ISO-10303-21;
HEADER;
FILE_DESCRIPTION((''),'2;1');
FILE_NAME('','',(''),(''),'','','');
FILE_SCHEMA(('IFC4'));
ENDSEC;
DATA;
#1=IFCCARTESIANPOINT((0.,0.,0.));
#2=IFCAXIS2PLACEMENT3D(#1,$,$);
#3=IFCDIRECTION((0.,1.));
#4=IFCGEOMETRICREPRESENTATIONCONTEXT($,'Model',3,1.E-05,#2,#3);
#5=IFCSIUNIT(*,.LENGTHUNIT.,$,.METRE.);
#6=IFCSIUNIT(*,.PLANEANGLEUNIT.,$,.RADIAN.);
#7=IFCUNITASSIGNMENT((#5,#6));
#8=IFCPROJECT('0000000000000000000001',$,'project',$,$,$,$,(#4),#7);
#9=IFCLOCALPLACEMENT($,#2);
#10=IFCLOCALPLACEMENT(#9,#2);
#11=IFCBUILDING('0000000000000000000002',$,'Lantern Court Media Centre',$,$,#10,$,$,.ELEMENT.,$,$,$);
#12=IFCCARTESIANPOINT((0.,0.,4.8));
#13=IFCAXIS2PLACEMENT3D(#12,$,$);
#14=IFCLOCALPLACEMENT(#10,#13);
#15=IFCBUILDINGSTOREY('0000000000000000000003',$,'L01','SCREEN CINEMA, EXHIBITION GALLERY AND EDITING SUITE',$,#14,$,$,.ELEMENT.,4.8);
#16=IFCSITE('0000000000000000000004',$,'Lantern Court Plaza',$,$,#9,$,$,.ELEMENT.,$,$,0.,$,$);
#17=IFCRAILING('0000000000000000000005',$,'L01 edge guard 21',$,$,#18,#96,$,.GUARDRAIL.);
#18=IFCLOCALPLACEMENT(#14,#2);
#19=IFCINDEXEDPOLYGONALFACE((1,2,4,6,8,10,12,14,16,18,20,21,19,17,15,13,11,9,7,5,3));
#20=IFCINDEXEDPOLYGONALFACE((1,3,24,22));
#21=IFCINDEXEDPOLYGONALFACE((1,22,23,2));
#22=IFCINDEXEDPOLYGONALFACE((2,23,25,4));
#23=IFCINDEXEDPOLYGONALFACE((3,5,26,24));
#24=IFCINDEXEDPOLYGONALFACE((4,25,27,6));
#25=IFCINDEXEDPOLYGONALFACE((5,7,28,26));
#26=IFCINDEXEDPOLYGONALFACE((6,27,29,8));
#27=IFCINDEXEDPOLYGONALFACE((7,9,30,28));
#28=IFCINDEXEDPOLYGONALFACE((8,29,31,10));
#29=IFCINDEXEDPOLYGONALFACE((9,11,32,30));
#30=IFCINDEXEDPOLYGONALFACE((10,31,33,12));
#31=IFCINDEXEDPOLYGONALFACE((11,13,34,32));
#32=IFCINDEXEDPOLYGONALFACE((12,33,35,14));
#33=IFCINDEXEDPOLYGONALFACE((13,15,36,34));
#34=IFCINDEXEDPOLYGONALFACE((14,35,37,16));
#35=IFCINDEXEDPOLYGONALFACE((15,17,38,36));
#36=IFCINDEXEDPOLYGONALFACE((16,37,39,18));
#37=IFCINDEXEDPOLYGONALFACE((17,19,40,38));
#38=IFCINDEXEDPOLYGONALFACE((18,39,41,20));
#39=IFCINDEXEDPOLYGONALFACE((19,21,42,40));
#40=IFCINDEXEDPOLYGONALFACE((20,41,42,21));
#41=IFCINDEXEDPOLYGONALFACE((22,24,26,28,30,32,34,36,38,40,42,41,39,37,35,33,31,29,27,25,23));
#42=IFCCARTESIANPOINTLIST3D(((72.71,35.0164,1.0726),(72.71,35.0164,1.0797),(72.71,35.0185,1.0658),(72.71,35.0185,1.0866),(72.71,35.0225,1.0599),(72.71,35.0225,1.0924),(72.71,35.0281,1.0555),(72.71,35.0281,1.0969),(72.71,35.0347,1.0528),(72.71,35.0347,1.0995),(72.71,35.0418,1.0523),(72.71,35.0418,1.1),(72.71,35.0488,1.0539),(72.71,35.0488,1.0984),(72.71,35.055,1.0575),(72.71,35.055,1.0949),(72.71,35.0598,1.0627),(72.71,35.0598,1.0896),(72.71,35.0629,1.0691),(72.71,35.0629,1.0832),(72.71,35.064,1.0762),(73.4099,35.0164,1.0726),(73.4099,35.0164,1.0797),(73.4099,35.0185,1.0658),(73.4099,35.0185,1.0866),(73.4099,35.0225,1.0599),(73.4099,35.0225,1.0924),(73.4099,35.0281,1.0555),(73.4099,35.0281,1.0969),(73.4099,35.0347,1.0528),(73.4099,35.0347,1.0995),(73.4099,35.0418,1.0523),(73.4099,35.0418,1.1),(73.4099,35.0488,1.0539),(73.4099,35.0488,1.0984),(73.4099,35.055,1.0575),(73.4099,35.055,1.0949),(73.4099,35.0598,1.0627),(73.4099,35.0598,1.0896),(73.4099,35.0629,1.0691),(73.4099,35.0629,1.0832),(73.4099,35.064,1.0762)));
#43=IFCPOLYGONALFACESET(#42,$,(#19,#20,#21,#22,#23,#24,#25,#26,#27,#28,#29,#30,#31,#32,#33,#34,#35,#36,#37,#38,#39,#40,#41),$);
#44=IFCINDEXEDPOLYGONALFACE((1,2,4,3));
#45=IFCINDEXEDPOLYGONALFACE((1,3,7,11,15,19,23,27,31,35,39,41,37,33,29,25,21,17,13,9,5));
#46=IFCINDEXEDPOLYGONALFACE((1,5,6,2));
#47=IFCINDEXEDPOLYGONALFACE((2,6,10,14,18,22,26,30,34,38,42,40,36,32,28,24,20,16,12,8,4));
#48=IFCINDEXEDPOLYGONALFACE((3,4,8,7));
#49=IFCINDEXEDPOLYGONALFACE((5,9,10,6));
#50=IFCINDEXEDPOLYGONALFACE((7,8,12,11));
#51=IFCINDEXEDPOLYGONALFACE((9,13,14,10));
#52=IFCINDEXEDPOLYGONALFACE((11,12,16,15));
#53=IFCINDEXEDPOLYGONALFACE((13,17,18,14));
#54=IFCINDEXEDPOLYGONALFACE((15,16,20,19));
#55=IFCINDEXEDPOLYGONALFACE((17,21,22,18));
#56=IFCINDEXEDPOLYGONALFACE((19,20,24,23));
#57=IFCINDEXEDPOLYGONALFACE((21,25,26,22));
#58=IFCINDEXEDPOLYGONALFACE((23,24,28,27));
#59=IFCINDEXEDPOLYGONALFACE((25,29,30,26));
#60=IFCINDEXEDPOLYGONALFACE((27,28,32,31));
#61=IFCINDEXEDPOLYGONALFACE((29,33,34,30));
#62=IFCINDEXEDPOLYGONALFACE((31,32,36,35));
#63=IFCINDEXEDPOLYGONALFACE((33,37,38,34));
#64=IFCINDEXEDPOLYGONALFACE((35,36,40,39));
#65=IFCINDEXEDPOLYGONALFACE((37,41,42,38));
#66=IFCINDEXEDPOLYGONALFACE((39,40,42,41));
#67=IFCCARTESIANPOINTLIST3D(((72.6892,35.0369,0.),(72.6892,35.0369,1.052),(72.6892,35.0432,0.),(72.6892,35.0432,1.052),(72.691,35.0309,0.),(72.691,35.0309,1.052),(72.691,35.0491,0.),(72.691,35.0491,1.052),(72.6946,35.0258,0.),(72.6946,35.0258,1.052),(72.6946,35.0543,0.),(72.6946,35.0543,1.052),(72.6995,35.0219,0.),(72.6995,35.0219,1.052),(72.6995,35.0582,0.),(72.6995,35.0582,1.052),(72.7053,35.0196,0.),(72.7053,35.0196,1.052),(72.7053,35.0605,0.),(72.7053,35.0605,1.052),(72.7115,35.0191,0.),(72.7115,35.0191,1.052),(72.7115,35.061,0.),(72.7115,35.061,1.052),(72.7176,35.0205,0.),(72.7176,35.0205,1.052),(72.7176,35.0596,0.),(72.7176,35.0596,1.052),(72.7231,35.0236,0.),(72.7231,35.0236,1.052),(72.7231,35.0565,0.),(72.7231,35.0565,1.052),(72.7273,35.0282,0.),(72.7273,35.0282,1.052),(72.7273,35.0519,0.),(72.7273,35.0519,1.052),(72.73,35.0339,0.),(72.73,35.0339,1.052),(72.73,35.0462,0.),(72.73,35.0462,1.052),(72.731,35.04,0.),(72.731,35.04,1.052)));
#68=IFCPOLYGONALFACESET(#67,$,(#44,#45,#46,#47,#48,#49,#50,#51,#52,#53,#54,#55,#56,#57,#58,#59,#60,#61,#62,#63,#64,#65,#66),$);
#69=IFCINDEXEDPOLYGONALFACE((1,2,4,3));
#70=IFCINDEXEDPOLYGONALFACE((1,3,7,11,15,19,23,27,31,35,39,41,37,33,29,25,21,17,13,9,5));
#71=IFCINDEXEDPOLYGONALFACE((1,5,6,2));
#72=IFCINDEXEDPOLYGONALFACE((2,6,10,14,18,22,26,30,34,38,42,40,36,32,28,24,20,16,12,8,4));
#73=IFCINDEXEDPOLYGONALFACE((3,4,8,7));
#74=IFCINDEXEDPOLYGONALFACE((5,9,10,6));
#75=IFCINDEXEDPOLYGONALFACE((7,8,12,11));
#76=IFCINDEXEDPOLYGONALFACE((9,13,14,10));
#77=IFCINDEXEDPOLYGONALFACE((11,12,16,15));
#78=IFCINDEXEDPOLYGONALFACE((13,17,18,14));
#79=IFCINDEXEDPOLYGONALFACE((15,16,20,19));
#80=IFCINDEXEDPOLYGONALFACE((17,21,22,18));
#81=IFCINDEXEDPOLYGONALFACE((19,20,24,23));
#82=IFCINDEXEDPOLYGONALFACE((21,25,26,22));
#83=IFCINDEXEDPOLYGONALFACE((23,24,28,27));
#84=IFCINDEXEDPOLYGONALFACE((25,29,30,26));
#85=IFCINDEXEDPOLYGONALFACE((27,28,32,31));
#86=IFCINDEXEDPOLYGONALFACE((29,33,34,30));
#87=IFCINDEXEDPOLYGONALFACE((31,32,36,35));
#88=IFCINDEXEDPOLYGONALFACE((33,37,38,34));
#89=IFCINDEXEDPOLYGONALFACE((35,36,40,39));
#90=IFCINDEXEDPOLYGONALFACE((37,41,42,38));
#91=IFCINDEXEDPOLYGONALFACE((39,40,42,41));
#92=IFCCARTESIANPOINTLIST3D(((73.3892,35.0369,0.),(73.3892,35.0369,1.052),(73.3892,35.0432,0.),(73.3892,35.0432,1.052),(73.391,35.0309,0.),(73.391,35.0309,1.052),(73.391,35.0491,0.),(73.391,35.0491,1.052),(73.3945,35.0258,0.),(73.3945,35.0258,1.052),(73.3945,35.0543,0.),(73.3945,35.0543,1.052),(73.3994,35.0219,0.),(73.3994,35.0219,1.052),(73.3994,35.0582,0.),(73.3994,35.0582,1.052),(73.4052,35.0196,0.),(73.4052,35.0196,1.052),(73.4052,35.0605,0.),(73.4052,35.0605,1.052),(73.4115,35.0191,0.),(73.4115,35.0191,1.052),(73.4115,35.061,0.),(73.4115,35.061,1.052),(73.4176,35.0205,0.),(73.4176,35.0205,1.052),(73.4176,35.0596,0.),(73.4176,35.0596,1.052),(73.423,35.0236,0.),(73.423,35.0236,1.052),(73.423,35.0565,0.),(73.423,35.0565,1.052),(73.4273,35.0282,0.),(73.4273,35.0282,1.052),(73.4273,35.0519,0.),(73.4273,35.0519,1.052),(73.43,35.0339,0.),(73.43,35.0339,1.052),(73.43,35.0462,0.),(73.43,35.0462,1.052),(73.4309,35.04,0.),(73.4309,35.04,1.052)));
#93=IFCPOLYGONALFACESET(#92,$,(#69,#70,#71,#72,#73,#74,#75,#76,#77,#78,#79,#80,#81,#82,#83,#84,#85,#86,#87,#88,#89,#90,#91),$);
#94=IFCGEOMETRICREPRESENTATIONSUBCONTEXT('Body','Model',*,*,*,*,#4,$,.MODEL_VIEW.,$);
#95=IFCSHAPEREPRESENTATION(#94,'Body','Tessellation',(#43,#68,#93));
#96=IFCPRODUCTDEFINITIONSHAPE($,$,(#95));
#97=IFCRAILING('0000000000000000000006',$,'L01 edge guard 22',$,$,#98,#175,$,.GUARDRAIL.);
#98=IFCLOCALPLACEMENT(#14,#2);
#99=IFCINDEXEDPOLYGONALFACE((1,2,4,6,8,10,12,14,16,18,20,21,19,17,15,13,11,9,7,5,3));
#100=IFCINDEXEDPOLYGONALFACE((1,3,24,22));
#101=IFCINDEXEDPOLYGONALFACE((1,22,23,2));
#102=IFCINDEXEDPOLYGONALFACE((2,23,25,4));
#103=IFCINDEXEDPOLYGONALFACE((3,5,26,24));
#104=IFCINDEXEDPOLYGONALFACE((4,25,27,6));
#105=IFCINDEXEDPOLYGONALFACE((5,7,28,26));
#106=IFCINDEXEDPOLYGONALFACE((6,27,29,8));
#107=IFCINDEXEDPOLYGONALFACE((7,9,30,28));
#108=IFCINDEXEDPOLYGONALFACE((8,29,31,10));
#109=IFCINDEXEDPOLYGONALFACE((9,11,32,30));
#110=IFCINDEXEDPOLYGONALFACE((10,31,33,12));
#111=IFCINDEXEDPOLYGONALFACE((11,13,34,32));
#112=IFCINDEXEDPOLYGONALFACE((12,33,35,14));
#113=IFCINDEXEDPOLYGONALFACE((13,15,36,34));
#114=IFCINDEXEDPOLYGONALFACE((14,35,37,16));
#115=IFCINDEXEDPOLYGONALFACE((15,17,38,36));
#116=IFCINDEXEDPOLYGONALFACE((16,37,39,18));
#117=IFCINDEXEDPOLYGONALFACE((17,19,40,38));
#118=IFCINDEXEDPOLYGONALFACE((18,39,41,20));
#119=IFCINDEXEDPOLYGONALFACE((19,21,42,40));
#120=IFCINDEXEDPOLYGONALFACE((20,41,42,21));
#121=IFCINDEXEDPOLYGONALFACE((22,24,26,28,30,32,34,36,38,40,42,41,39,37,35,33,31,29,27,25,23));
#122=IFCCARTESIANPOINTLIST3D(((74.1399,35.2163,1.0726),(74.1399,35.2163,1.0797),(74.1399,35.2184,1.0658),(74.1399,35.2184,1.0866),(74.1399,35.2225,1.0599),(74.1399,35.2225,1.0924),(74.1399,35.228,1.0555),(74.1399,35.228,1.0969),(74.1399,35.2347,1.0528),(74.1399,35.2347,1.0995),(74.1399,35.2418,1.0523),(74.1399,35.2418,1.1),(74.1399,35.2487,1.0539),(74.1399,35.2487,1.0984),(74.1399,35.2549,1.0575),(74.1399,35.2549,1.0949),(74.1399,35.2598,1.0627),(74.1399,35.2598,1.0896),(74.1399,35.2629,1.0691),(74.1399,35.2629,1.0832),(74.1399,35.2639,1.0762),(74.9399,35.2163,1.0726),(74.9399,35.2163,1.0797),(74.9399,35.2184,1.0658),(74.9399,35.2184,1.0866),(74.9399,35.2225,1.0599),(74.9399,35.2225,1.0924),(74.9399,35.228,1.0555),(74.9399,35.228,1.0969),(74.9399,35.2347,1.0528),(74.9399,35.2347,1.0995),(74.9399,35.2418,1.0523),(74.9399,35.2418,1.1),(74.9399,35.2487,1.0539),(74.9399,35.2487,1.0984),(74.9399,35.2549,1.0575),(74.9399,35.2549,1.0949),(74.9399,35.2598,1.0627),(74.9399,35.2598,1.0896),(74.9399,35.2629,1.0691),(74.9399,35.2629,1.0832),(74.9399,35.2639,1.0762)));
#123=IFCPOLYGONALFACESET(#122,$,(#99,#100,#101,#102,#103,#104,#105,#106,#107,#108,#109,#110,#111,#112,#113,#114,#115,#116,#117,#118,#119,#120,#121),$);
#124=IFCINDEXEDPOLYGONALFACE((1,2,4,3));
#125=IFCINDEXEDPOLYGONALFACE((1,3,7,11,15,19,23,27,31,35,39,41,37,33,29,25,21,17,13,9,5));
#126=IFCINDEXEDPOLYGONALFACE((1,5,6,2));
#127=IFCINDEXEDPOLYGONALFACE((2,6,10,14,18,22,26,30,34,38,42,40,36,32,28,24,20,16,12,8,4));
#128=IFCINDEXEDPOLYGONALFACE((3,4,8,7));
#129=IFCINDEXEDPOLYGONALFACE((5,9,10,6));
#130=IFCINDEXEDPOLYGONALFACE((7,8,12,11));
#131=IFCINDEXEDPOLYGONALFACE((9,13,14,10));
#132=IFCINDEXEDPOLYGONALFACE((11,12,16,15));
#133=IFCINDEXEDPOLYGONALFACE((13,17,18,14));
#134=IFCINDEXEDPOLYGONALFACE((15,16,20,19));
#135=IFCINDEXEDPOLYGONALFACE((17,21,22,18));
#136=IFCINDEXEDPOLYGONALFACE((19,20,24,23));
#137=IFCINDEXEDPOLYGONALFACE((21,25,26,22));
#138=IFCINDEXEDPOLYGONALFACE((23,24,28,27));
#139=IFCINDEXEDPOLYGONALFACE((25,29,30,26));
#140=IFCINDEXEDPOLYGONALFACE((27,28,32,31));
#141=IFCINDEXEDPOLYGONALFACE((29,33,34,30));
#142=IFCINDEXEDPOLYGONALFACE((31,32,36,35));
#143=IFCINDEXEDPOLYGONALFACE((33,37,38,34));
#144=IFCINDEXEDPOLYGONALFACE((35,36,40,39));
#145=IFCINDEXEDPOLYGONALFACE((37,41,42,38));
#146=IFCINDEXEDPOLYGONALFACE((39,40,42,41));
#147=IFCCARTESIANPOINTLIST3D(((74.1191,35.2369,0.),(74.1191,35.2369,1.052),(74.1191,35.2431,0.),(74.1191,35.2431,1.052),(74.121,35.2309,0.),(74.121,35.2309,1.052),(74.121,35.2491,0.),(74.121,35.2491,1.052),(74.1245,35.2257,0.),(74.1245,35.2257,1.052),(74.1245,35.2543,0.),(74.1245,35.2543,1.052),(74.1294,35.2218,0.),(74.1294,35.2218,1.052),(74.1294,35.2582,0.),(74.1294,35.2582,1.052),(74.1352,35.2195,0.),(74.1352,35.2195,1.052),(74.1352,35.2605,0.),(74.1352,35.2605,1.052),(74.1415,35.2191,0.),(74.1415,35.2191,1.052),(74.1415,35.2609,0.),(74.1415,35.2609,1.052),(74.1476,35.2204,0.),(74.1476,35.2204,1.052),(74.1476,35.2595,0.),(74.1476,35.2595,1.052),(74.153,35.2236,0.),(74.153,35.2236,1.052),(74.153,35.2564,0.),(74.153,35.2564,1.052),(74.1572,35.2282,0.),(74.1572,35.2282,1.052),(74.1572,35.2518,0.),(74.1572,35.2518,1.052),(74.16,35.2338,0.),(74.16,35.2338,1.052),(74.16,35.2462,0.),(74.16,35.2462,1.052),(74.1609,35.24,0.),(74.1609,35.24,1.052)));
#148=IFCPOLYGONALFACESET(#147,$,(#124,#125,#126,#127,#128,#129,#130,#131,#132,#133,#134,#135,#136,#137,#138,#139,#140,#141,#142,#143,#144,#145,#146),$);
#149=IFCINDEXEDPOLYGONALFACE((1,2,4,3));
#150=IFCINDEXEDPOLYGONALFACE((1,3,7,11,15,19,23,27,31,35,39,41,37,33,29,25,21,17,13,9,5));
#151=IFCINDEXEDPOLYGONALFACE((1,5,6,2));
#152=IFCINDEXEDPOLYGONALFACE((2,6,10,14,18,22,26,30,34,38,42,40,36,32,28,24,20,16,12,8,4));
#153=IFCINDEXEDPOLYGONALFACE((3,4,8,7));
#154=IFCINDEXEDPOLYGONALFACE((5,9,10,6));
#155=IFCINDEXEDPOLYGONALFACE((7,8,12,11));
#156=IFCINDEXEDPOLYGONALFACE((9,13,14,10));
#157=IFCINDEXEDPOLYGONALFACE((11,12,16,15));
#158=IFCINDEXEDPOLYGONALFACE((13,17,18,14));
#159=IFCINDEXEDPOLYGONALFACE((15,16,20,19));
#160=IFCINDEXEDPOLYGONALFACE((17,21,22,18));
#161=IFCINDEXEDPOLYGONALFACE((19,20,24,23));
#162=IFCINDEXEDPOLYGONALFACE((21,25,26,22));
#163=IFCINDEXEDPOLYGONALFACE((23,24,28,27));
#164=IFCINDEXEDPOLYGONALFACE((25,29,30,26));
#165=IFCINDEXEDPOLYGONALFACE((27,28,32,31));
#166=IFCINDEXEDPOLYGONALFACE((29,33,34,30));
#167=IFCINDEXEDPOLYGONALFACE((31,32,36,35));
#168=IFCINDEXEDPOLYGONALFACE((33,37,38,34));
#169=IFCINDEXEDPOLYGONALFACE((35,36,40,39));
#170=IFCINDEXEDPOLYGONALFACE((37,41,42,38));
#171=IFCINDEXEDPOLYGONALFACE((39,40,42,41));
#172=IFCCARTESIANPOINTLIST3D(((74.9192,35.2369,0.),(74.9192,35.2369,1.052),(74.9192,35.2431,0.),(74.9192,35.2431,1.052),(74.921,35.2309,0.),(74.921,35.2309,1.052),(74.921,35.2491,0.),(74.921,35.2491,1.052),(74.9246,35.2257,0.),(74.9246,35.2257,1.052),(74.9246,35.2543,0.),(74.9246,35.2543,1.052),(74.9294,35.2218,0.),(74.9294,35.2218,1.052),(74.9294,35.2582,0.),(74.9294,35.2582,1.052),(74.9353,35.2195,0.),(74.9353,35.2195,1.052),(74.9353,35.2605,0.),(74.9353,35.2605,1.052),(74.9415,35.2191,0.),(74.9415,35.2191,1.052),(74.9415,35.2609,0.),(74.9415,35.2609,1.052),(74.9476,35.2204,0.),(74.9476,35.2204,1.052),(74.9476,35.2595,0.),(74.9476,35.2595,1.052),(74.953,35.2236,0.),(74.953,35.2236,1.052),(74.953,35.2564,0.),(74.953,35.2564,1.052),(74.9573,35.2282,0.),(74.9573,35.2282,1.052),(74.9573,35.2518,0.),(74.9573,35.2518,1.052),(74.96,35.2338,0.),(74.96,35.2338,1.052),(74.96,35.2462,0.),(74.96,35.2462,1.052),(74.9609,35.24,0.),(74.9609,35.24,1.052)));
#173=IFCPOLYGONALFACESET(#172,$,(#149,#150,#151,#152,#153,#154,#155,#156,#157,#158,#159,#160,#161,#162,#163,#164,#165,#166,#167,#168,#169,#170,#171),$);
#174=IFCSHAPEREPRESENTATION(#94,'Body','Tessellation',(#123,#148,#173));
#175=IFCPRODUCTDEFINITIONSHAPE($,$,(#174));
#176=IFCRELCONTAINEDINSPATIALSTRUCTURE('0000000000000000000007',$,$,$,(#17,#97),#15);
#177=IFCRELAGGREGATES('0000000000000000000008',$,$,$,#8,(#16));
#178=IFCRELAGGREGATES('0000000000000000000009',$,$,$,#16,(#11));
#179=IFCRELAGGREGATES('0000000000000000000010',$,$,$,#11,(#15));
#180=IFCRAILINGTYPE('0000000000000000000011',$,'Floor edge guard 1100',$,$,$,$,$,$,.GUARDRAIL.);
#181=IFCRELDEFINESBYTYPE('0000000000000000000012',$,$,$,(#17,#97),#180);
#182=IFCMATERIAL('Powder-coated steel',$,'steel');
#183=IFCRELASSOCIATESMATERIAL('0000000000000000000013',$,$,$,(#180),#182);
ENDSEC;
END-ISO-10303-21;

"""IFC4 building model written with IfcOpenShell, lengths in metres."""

from ifc_helpers import new_model, si_unit, direction, frame, origin, origin_2d, place, context, subcontext, project, spatial, circle, extrude, material, type_object, element, save


model = new_model("IFC4")

# Units and contexts
model_context = context("Model", 3, precision=1e-05, world=origin(), true_north=direction((0.0, 1.0)))
body_context = subcontext(model_context, "Body", "Model", "MODEL_VIEW")
ifc_project = project(units=[si_unit("LENGTHUNIT", "METRE"), si_unit("PLANEANGLEUNIT", "RADIAN")], contexts=[model_context])

# Site, building, storey
site_placement = place(None, origin())
site = spatial("IfcSite", under=ifc_project, at=site_placement, Name="Lantern Court Plaza", CompositionType="ELEMENT", RefElevation=0.0)
building_placement = place(site_placement, origin())
building = spatial("IfcBuilding", under=site, at=building_placement, Name="Lantern Court Media Centre", CompositionType="ELEMENT")
storey_placement = place(building_placement, frame((0.0, 0.0, 4.8)))
storey = spatial("IfcBuildingStorey", under=building, at=storey_placement, Name="L01", Description="SCREEN CINEMA, EXHIBITION GALLERY AND EDITING SUITE", CompositionType="ELEMENT", Elevation=4.8)

# Railings
ifc_material_1 = material(Name="Powder-coated steel", Category="steel")
railing_type_1 = type_object("IfcRailingType", Name="Floor edge guard 1100", PredefinedType="GUARDRAIL", material=ifc_material_1)
railing_1_placement = place(storey_placement, frame((72.71, 35.04, 0.0)))
element("IfcRailing", 1, at=railing_1_placement, inside=storey, type_object=railing_type_1, Name="L01 edge guard 21", PredefinedType="GUARDRAIL", context=body_context, shape_type="SweptSolid", body=[
    extrude(circle(Radius=0.0239, at=origin_2d()), frame((0.0, 0.0, 1.0762), z_axis=(1.0, 0.0, 0.0), x_axis=(0.0, 1.0, 0.0)), (0.0, 0.0, 1.0), 0.7),
    extrude(circle(Radius=0.021, at=origin_2d()), origin(), (0.0, 0.0, 1.0), 1.052),
    extrude(circle(Radius=0.021, at=origin_2d()), frame((0.7, 0.0, 0.0)), (0.0, 0.0, 1.0), 1.052),
])
railing_2_placement = place(storey_placement, frame((74.1399, 35.24, 0.0)))
element("IfcRailing", 2, at=railing_2_placement, inside=storey, type_object=railing_type_1, Name="L01 edge guard 22", PredefinedType="GUARDRAIL", context=body_context, shape_type="SweptSolid", body=[
    extrude(circle(Radius=0.0239, at=origin_2d()), frame((0.0, 0.0, 1.0762), z_axis=(1.0, 0.0, 0.0), x_axis=(0.0, 1.0, 0.0)), (0.0, 0.0, 1.0), 0.8),
    extrude(circle(Radius=0.021, at=origin_2d()), origin(), (0.0, 0.0, 1.0), 1.052),
    extrude(circle(Radius=0.021, at=origin_2d()), frame((0.8, 0.0, 0.0)), (0.0, 0.0, 1.0), 1.052),
])

save(model, "model.ifc")
